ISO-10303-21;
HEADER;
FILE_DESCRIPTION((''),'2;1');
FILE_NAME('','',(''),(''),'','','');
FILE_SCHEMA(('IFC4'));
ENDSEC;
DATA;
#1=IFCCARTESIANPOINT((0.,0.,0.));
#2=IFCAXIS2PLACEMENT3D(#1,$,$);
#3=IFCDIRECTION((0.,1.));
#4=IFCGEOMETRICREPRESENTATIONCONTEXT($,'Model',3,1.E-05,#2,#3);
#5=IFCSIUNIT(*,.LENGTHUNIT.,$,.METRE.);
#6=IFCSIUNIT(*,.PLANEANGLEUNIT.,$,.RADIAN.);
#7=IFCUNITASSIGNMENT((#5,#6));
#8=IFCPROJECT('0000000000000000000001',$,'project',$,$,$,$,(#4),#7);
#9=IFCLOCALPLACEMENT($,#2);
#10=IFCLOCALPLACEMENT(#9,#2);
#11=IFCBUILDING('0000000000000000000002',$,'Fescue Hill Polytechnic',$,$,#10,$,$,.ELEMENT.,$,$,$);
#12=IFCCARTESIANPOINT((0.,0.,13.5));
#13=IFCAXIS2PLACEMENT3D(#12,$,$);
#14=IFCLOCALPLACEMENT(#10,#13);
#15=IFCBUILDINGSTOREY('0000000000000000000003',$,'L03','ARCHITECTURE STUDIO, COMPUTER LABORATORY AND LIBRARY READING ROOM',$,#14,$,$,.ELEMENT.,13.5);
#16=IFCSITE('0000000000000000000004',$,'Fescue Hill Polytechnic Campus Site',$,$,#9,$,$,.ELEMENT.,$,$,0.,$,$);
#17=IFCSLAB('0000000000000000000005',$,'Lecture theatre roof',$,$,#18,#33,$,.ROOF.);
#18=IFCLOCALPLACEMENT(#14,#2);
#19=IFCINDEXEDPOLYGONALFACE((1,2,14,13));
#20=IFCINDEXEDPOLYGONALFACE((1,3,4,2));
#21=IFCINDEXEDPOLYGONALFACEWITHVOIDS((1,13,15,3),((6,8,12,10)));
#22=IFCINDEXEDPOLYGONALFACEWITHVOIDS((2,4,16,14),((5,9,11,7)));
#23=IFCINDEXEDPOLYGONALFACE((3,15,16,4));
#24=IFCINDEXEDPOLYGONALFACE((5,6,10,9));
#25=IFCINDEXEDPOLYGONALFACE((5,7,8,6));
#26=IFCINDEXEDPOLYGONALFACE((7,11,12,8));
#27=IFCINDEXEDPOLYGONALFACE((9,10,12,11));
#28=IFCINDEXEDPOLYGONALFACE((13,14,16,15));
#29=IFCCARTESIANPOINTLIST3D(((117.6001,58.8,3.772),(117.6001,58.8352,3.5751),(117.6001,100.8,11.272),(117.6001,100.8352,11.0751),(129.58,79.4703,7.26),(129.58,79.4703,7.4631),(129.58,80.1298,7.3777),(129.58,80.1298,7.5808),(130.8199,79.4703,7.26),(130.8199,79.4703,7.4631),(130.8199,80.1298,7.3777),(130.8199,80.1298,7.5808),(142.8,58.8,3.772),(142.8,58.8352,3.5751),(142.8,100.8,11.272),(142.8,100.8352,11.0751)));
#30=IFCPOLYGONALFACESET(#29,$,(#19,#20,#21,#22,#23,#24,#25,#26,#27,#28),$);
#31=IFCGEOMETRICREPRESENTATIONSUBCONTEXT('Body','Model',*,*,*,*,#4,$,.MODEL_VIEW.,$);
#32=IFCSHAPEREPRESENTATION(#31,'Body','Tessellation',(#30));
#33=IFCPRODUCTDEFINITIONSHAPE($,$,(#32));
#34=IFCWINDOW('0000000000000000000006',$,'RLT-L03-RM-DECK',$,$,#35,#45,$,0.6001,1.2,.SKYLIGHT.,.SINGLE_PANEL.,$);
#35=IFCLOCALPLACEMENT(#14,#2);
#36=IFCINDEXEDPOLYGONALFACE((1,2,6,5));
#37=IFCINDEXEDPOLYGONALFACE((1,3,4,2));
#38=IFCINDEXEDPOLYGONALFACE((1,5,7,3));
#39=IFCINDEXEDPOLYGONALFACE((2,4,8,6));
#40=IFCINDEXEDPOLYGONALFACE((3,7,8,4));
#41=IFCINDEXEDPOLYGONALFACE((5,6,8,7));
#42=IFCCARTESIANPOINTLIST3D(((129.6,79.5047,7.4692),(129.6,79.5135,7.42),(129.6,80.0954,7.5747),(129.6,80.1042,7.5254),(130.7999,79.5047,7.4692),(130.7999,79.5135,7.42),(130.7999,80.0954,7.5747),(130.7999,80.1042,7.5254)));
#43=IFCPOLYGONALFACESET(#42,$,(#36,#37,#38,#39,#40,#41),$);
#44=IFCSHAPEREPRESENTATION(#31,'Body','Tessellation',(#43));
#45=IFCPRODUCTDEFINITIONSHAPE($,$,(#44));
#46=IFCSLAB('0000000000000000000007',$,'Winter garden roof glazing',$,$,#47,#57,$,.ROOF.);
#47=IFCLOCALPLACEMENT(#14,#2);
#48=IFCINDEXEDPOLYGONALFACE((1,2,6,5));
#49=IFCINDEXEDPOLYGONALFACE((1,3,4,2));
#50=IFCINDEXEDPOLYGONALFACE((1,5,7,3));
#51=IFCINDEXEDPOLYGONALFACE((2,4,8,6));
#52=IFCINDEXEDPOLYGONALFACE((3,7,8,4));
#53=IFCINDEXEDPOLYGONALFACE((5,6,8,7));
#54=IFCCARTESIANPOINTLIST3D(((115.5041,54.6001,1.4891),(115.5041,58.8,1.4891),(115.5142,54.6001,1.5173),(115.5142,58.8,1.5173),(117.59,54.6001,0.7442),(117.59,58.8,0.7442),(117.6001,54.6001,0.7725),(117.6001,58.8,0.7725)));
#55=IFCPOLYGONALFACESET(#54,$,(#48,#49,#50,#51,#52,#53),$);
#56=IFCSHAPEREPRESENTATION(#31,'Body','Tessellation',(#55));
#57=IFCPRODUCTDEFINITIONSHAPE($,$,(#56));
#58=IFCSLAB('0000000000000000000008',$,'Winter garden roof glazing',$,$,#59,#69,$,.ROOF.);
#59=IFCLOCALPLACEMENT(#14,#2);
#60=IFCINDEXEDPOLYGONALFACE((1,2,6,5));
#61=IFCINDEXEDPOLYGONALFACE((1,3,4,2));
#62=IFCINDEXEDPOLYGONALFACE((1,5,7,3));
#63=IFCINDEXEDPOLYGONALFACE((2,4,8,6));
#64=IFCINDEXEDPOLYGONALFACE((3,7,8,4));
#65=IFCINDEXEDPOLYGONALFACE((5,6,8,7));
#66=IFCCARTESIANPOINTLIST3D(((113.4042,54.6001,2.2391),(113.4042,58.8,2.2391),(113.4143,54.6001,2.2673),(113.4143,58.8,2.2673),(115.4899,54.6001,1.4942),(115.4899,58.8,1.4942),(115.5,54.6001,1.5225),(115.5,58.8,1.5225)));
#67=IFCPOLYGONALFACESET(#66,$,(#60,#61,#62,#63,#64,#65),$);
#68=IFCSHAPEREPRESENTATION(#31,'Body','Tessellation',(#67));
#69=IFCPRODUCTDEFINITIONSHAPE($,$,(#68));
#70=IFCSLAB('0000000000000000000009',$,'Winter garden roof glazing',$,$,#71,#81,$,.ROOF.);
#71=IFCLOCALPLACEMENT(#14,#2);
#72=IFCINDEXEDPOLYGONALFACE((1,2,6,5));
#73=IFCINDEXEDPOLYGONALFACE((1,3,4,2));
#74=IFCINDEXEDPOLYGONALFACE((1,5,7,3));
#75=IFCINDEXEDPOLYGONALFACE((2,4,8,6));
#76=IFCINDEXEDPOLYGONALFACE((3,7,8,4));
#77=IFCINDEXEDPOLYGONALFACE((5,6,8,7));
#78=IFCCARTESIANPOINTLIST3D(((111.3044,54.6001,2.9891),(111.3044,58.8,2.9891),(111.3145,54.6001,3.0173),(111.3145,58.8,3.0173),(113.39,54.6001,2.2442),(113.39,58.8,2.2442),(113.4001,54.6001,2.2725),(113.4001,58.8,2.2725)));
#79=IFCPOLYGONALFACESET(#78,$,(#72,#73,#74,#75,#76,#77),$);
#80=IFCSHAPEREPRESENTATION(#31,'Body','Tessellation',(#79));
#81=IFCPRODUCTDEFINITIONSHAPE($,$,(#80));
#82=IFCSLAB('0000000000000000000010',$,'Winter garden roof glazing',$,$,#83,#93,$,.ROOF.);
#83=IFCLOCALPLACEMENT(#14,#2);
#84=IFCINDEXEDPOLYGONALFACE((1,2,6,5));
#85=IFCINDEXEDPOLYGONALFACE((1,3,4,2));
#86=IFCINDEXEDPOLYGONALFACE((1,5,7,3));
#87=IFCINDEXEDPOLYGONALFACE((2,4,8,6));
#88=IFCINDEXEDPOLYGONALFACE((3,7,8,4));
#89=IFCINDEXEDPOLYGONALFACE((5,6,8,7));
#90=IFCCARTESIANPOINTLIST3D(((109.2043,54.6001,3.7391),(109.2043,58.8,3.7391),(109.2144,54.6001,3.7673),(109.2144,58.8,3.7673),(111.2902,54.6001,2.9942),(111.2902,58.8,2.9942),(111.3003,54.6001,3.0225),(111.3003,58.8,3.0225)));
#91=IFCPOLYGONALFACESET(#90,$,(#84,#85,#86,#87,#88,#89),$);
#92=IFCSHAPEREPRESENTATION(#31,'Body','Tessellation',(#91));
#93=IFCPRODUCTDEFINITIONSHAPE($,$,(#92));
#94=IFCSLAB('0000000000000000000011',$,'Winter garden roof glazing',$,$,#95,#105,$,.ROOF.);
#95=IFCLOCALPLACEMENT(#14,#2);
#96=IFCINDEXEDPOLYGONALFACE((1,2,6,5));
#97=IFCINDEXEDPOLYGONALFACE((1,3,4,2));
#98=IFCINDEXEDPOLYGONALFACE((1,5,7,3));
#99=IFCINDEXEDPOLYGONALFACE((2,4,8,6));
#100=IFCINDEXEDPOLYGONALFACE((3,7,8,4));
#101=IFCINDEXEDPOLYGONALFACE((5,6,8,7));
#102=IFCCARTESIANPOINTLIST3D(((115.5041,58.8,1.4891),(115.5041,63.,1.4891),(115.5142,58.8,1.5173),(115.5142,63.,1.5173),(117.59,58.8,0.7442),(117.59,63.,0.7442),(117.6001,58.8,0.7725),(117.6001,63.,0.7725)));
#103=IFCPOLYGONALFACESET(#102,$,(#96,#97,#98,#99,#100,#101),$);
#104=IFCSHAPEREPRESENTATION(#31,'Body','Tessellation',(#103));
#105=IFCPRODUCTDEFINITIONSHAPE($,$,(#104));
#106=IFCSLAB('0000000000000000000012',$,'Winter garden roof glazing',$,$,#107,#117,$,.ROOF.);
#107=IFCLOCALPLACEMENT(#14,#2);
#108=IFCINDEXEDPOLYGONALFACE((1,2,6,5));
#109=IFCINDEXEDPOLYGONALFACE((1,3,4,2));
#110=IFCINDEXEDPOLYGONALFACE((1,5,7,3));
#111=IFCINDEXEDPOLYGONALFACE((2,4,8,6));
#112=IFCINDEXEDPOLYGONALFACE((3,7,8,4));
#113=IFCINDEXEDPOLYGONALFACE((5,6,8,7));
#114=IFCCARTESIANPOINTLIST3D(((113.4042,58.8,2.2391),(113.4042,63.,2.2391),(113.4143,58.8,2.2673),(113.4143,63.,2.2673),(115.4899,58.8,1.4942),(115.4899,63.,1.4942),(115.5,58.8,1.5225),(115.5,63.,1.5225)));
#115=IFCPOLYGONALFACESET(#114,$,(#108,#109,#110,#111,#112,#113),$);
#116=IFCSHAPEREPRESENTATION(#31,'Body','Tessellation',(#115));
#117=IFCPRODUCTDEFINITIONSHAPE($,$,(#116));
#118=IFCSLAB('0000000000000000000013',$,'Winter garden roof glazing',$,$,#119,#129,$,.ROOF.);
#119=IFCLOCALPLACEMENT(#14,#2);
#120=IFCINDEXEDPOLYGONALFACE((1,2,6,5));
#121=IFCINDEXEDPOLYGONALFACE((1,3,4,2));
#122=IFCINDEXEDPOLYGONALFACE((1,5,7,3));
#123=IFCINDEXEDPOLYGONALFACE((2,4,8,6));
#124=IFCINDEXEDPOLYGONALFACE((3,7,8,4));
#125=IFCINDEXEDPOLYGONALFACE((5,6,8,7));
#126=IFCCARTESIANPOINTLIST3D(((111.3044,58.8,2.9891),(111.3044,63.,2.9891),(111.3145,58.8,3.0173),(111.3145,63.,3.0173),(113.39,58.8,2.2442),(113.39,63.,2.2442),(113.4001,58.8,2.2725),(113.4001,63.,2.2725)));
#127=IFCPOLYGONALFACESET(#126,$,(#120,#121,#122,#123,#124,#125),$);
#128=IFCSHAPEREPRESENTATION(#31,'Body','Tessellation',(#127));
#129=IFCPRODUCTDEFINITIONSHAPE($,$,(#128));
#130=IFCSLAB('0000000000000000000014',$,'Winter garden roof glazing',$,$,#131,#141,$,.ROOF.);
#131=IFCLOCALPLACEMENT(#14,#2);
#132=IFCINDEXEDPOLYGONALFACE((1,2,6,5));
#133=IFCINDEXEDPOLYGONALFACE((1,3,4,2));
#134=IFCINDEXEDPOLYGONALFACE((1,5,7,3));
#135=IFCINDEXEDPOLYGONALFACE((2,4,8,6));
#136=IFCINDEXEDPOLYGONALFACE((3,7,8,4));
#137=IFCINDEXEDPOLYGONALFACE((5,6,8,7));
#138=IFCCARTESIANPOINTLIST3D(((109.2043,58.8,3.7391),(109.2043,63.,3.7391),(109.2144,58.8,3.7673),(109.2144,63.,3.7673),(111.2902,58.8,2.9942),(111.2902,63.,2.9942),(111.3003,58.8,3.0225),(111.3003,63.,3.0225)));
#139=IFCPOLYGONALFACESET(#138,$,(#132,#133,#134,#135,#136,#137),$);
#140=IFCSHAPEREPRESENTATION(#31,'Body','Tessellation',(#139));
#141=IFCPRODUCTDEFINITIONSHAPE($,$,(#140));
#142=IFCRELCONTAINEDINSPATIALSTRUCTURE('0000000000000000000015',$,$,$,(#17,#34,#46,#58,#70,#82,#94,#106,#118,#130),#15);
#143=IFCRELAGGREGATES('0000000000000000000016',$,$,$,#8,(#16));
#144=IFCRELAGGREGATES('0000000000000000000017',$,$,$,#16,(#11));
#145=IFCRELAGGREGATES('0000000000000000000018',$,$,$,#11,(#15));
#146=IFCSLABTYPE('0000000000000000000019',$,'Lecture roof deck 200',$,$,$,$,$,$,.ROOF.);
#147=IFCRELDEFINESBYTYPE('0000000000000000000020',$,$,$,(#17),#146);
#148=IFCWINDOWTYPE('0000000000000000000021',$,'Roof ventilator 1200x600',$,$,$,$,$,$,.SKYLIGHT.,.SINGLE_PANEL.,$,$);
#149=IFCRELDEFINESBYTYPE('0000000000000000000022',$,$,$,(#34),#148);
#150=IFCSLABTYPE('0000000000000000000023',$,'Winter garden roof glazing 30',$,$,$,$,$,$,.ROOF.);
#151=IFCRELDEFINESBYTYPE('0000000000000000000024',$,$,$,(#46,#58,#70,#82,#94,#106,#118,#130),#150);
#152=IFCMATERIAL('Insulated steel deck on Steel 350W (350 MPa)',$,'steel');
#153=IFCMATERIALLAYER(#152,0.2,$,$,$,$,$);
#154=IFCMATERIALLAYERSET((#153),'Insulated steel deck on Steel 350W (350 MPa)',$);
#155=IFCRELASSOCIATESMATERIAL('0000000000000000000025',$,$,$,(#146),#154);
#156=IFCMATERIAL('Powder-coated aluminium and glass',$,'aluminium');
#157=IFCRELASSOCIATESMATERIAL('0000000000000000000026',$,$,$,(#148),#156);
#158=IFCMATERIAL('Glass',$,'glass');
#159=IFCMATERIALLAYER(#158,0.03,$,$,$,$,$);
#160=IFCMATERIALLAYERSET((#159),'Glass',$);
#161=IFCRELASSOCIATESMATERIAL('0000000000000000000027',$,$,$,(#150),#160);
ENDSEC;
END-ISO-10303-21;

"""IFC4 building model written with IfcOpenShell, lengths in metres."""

from ifc_helpers import new_model, si_unit, direction, frame, origin, origin_2d, place, context, subcontext, project, spatial, polyline, rectangle, outline, extrude, material, layer, layer_set, type_object, element, fill, save


model = new_model("IFC4")

# Units and contexts
model_context = context("Model", 3, precision=1e-05, world=origin(), true_north=direction((0.0, 1.0)))
body_context = subcontext(model_context, "Body", "Model", "MODEL_VIEW")
ifc_project = project(units=[si_unit("LENGTHUNIT", "METRE"), si_unit("PLANEANGLEUNIT", "RADIAN")], contexts=[model_context])

# Site, building, storey
site_placement = place(None, origin())
site = spatial("IfcSite", under=ifc_project, at=site_placement, Name="Fescue Hill Polytechnic Campus Site", CompositionType="ELEMENT", RefElevation=0.0)
building_placement = place(site_placement, origin())
building = spatial("IfcBuilding", under=site, at=building_placement, Name="Fescue Hill Polytechnic", CompositionType="ELEMENT")
storey_placement = place(building_placement, frame((0.0, 0.0, 13.5)))
storey = spatial("IfcBuildingStorey", under=building, at=storey_placement, Name="L03", Description="ARCHITECTURE STUDIO, COMPUTER LABORATORY AND LIBRARY READING ROOM", CompositionType="ELEMENT", Elevation=13.5)

# Slab, opening, window
ifc_material_1 = material(Name="Insulated steel deck on Steel 350W (350 MPa)", Category="steel")
ifc_layer_1 = layer(ifc_material_1, 0.2)
ifc_layer_set_1 = layer_set([ifc_layer_1], Name="Insulated steel deck on Steel 350W (350 MPa)")
slab_type_1 = type_object("IfcSlabType", Name="Lecture roof deck 200", PredefinedType="ROOF", material=ifc_layer_set_1)
slab_1_placement = place(storey_placement, frame((117.6001, 58.8, 3.772), z_axis=(0.0, -0.175791, 0.984428), x_axis=(1.0, 0.0, 0.0)))
slab_1 = element("IfcSlab", 1, at=slab_1_placement, inside=storey, type_object=slab_type_1, Name="Lecture theatre roof", PredefinedType="ROOF", context=body_context, shape_type="SweptSolid", body=[
    extrude(outline(polyline([(0.0, 0.0), (25.2, 0.0), (25.2, 42.6644), (0.0, 42.6644), (0.0, 0.0)])), origin(), (0.0, 0.0, -1.0), 0.2),
])
opening_placement = place(storey_placement, frame((130.2, 79.8, 7.1116)))
opening = element("IfcOpeningElement", 2, at=opening_placement, cuts=slab_1, PredefinedType="OPENING", context=body_context, shape_type="SweptSolid", body=[
    extrude(rectangle(XDim=1.24, YDim=0.6594, at=origin_2d()), origin(), (0.0, 0.0, 1.0), 0.6174),
])
ifc_material_2 = material(Name="Powder-coated aluminium and glass", Category="aluminium")
window_type = type_object("IfcWindowType", Name="Roof ventilator 1200x600", PartitioningType="SINGLE_PANEL", PredefinedType="SKYLIGHT", material=ifc_material_2)
window_placement = place(storey_placement, frame((130.2, 79.8, 7.522), z_axis=(0.0, -0.175791, 0.984428), x_axis=(1.0, 0.0, 0.0)))
window = element("IfcWindow", 3, at=window_placement, inside=storey, type_object=window_type, Name="RLT-L03-RM-DECK", OverallHeight=0.6001, OverallWidth=1.2, PartitioningType="SINGLE_PANEL", PredefinedType="SKYLIGHT", context=body_context, shape_type="SweptSolid", body=[
    extrude(rectangle(XDim=1.2, YDim=0.6001, at=origin_2d()), origin(), (0.0, 0.0, -1.0), 0.05),
])
fill(opening, window)

# Slabs
ifc_material_3 = material(Name="Glass", Category="glass")
ifc_layer_2 = layer(ifc_material_3, 0.03)
ifc_layer_set_2 = layer_set([ifc_layer_2], Name="Glass")
slab_type_2 = type_object("IfcSlabType", Name="Winter garden roof glazing 30", PredefinedType="ROOF", material=ifc_layer_set_2)
slab_2_placement = place(storey_placement, frame((117.6001, 54.6001, 0.7725), z_axis=(0.336295, 0.0, 0.941757), x_axis=(0.0, 1.0, 0.0)))
element("IfcSlab", 4, at=slab_2_placement, inside=storey, type_object=slab_type_2, Name="Winter garden roof glazing", PredefinedType="ROOF", context=body_context, shape_type="SweptSolid", body=[
    extrude(outline(polyline([(0.0, 0.0), (4.2, 0.0), (4.2, 2.2149), (0.0, 2.2149), (0.0, 0.0)])), origin(), (0.0, 0.0, -1.0), 0.03),
])
for number, where, z_axis, x_axis, name in (
    (5, (115.5, 54.6001, 1.5225), (0.336329, 0.0, 0.941744), (0.0, 1.0, 0.0), "Winter garden roof glazing"),
    (6, (113.4001, 54.6001, 2.2725), (0.336329, 0.0, 0.941744), (0.0, 1.0, 0.0), "Winter garden roof glazing"),
):
    element("IfcSlab", number, at=place(storey_placement, frame(where, z_axis=z_axis, x_axis=x_axis)), inside=storey, type_object=slab_type_2, Name=name, PredefinedType="ROOF", context=body_context, shape_type="SweptSolid", body=[
        extrude(outline(polyline([(0.0, 0.0), (4.2, 0.0), (4.2, 2.2147), (0.0, 2.2147), (0.0, 0.0)])), origin(), (0.0, 0.0, -1.0), 0.03),
    ])
for number, where, z_axis, x_axis, name in (
    (7, (111.3003, 54.6001, 3.0225), (0.336295, 0.0, 0.941757), (0.0, 1.0, 0.0), "Winter garden roof glazing"),
    (8, (117.6001, 58.8, 0.7725), (0.336295, 0.0, 0.941757), (0.0, 1.0, 0.0), "Winter garden roof glazing"),
):
    element("IfcSlab", number, at=place(storey_placement, frame(where, z_axis=z_axis, x_axis=x_axis)), inside=storey, type_object=slab_type_2, Name=name, PredefinedType="ROOF", context=body_context, shape_type="SweptSolid", body=[
        extrude(outline(polyline([(0.0, 0.0), (4.2, 0.0), (4.2, 2.2149), (0.0, 2.2149), (0.0, 0.0)])), origin(), (0.0, 0.0, -1.0), 0.03),
    ])
for number, where, z_axis, x_axis, name in (
    (9, (115.5, 58.8, 1.5225), (0.336329, 0.0, 0.941744), (0.0, 1.0, 0.0), "Winter garden roof glazing"),
    (10, (113.4001, 58.8, 2.2725), (0.336329, 0.0, 0.941744), (0.0, 1.0, 0.0), "Winter garden roof glazing"),
):
    element("IfcSlab", number, at=place(storey_placement, frame(where, z_axis=z_axis, x_axis=x_axis)), inside=storey, type_object=slab_type_2, Name=name, PredefinedType="ROOF", context=body_context, shape_type="SweptSolid", body=[
        extrude(outline(polyline([(0.0, 0.0), (4.2, 0.0), (4.2, 2.2147), (0.0, 2.2147), (0.0, 0.0)])), origin(), (0.0, 0.0, -1.0), 0.03),
    ])
slab_3_placement = place(storey_placement, frame((111.3003, 58.8, 3.0225), z_axis=(0.336295, 0.0, 0.941757), x_axis=(0.0, 1.0, 0.0)))
element("IfcSlab", 11, at=slab_3_placement, inside=storey, type_object=slab_type_2, Name="Winter garden roof glazing", PredefinedType="ROOF", context=body_context, shape_type="SweptSolid", body=[
    extrude(outline(polyline([(0.0, 0.0), (4.2, 0.0), (4.2, 2.2149), (0.0, 2.2149), (0.0, 0.0)])), origin(), (0.0, 0.0, -1.0), 0.03),
])

save(model, "model.ifc")
